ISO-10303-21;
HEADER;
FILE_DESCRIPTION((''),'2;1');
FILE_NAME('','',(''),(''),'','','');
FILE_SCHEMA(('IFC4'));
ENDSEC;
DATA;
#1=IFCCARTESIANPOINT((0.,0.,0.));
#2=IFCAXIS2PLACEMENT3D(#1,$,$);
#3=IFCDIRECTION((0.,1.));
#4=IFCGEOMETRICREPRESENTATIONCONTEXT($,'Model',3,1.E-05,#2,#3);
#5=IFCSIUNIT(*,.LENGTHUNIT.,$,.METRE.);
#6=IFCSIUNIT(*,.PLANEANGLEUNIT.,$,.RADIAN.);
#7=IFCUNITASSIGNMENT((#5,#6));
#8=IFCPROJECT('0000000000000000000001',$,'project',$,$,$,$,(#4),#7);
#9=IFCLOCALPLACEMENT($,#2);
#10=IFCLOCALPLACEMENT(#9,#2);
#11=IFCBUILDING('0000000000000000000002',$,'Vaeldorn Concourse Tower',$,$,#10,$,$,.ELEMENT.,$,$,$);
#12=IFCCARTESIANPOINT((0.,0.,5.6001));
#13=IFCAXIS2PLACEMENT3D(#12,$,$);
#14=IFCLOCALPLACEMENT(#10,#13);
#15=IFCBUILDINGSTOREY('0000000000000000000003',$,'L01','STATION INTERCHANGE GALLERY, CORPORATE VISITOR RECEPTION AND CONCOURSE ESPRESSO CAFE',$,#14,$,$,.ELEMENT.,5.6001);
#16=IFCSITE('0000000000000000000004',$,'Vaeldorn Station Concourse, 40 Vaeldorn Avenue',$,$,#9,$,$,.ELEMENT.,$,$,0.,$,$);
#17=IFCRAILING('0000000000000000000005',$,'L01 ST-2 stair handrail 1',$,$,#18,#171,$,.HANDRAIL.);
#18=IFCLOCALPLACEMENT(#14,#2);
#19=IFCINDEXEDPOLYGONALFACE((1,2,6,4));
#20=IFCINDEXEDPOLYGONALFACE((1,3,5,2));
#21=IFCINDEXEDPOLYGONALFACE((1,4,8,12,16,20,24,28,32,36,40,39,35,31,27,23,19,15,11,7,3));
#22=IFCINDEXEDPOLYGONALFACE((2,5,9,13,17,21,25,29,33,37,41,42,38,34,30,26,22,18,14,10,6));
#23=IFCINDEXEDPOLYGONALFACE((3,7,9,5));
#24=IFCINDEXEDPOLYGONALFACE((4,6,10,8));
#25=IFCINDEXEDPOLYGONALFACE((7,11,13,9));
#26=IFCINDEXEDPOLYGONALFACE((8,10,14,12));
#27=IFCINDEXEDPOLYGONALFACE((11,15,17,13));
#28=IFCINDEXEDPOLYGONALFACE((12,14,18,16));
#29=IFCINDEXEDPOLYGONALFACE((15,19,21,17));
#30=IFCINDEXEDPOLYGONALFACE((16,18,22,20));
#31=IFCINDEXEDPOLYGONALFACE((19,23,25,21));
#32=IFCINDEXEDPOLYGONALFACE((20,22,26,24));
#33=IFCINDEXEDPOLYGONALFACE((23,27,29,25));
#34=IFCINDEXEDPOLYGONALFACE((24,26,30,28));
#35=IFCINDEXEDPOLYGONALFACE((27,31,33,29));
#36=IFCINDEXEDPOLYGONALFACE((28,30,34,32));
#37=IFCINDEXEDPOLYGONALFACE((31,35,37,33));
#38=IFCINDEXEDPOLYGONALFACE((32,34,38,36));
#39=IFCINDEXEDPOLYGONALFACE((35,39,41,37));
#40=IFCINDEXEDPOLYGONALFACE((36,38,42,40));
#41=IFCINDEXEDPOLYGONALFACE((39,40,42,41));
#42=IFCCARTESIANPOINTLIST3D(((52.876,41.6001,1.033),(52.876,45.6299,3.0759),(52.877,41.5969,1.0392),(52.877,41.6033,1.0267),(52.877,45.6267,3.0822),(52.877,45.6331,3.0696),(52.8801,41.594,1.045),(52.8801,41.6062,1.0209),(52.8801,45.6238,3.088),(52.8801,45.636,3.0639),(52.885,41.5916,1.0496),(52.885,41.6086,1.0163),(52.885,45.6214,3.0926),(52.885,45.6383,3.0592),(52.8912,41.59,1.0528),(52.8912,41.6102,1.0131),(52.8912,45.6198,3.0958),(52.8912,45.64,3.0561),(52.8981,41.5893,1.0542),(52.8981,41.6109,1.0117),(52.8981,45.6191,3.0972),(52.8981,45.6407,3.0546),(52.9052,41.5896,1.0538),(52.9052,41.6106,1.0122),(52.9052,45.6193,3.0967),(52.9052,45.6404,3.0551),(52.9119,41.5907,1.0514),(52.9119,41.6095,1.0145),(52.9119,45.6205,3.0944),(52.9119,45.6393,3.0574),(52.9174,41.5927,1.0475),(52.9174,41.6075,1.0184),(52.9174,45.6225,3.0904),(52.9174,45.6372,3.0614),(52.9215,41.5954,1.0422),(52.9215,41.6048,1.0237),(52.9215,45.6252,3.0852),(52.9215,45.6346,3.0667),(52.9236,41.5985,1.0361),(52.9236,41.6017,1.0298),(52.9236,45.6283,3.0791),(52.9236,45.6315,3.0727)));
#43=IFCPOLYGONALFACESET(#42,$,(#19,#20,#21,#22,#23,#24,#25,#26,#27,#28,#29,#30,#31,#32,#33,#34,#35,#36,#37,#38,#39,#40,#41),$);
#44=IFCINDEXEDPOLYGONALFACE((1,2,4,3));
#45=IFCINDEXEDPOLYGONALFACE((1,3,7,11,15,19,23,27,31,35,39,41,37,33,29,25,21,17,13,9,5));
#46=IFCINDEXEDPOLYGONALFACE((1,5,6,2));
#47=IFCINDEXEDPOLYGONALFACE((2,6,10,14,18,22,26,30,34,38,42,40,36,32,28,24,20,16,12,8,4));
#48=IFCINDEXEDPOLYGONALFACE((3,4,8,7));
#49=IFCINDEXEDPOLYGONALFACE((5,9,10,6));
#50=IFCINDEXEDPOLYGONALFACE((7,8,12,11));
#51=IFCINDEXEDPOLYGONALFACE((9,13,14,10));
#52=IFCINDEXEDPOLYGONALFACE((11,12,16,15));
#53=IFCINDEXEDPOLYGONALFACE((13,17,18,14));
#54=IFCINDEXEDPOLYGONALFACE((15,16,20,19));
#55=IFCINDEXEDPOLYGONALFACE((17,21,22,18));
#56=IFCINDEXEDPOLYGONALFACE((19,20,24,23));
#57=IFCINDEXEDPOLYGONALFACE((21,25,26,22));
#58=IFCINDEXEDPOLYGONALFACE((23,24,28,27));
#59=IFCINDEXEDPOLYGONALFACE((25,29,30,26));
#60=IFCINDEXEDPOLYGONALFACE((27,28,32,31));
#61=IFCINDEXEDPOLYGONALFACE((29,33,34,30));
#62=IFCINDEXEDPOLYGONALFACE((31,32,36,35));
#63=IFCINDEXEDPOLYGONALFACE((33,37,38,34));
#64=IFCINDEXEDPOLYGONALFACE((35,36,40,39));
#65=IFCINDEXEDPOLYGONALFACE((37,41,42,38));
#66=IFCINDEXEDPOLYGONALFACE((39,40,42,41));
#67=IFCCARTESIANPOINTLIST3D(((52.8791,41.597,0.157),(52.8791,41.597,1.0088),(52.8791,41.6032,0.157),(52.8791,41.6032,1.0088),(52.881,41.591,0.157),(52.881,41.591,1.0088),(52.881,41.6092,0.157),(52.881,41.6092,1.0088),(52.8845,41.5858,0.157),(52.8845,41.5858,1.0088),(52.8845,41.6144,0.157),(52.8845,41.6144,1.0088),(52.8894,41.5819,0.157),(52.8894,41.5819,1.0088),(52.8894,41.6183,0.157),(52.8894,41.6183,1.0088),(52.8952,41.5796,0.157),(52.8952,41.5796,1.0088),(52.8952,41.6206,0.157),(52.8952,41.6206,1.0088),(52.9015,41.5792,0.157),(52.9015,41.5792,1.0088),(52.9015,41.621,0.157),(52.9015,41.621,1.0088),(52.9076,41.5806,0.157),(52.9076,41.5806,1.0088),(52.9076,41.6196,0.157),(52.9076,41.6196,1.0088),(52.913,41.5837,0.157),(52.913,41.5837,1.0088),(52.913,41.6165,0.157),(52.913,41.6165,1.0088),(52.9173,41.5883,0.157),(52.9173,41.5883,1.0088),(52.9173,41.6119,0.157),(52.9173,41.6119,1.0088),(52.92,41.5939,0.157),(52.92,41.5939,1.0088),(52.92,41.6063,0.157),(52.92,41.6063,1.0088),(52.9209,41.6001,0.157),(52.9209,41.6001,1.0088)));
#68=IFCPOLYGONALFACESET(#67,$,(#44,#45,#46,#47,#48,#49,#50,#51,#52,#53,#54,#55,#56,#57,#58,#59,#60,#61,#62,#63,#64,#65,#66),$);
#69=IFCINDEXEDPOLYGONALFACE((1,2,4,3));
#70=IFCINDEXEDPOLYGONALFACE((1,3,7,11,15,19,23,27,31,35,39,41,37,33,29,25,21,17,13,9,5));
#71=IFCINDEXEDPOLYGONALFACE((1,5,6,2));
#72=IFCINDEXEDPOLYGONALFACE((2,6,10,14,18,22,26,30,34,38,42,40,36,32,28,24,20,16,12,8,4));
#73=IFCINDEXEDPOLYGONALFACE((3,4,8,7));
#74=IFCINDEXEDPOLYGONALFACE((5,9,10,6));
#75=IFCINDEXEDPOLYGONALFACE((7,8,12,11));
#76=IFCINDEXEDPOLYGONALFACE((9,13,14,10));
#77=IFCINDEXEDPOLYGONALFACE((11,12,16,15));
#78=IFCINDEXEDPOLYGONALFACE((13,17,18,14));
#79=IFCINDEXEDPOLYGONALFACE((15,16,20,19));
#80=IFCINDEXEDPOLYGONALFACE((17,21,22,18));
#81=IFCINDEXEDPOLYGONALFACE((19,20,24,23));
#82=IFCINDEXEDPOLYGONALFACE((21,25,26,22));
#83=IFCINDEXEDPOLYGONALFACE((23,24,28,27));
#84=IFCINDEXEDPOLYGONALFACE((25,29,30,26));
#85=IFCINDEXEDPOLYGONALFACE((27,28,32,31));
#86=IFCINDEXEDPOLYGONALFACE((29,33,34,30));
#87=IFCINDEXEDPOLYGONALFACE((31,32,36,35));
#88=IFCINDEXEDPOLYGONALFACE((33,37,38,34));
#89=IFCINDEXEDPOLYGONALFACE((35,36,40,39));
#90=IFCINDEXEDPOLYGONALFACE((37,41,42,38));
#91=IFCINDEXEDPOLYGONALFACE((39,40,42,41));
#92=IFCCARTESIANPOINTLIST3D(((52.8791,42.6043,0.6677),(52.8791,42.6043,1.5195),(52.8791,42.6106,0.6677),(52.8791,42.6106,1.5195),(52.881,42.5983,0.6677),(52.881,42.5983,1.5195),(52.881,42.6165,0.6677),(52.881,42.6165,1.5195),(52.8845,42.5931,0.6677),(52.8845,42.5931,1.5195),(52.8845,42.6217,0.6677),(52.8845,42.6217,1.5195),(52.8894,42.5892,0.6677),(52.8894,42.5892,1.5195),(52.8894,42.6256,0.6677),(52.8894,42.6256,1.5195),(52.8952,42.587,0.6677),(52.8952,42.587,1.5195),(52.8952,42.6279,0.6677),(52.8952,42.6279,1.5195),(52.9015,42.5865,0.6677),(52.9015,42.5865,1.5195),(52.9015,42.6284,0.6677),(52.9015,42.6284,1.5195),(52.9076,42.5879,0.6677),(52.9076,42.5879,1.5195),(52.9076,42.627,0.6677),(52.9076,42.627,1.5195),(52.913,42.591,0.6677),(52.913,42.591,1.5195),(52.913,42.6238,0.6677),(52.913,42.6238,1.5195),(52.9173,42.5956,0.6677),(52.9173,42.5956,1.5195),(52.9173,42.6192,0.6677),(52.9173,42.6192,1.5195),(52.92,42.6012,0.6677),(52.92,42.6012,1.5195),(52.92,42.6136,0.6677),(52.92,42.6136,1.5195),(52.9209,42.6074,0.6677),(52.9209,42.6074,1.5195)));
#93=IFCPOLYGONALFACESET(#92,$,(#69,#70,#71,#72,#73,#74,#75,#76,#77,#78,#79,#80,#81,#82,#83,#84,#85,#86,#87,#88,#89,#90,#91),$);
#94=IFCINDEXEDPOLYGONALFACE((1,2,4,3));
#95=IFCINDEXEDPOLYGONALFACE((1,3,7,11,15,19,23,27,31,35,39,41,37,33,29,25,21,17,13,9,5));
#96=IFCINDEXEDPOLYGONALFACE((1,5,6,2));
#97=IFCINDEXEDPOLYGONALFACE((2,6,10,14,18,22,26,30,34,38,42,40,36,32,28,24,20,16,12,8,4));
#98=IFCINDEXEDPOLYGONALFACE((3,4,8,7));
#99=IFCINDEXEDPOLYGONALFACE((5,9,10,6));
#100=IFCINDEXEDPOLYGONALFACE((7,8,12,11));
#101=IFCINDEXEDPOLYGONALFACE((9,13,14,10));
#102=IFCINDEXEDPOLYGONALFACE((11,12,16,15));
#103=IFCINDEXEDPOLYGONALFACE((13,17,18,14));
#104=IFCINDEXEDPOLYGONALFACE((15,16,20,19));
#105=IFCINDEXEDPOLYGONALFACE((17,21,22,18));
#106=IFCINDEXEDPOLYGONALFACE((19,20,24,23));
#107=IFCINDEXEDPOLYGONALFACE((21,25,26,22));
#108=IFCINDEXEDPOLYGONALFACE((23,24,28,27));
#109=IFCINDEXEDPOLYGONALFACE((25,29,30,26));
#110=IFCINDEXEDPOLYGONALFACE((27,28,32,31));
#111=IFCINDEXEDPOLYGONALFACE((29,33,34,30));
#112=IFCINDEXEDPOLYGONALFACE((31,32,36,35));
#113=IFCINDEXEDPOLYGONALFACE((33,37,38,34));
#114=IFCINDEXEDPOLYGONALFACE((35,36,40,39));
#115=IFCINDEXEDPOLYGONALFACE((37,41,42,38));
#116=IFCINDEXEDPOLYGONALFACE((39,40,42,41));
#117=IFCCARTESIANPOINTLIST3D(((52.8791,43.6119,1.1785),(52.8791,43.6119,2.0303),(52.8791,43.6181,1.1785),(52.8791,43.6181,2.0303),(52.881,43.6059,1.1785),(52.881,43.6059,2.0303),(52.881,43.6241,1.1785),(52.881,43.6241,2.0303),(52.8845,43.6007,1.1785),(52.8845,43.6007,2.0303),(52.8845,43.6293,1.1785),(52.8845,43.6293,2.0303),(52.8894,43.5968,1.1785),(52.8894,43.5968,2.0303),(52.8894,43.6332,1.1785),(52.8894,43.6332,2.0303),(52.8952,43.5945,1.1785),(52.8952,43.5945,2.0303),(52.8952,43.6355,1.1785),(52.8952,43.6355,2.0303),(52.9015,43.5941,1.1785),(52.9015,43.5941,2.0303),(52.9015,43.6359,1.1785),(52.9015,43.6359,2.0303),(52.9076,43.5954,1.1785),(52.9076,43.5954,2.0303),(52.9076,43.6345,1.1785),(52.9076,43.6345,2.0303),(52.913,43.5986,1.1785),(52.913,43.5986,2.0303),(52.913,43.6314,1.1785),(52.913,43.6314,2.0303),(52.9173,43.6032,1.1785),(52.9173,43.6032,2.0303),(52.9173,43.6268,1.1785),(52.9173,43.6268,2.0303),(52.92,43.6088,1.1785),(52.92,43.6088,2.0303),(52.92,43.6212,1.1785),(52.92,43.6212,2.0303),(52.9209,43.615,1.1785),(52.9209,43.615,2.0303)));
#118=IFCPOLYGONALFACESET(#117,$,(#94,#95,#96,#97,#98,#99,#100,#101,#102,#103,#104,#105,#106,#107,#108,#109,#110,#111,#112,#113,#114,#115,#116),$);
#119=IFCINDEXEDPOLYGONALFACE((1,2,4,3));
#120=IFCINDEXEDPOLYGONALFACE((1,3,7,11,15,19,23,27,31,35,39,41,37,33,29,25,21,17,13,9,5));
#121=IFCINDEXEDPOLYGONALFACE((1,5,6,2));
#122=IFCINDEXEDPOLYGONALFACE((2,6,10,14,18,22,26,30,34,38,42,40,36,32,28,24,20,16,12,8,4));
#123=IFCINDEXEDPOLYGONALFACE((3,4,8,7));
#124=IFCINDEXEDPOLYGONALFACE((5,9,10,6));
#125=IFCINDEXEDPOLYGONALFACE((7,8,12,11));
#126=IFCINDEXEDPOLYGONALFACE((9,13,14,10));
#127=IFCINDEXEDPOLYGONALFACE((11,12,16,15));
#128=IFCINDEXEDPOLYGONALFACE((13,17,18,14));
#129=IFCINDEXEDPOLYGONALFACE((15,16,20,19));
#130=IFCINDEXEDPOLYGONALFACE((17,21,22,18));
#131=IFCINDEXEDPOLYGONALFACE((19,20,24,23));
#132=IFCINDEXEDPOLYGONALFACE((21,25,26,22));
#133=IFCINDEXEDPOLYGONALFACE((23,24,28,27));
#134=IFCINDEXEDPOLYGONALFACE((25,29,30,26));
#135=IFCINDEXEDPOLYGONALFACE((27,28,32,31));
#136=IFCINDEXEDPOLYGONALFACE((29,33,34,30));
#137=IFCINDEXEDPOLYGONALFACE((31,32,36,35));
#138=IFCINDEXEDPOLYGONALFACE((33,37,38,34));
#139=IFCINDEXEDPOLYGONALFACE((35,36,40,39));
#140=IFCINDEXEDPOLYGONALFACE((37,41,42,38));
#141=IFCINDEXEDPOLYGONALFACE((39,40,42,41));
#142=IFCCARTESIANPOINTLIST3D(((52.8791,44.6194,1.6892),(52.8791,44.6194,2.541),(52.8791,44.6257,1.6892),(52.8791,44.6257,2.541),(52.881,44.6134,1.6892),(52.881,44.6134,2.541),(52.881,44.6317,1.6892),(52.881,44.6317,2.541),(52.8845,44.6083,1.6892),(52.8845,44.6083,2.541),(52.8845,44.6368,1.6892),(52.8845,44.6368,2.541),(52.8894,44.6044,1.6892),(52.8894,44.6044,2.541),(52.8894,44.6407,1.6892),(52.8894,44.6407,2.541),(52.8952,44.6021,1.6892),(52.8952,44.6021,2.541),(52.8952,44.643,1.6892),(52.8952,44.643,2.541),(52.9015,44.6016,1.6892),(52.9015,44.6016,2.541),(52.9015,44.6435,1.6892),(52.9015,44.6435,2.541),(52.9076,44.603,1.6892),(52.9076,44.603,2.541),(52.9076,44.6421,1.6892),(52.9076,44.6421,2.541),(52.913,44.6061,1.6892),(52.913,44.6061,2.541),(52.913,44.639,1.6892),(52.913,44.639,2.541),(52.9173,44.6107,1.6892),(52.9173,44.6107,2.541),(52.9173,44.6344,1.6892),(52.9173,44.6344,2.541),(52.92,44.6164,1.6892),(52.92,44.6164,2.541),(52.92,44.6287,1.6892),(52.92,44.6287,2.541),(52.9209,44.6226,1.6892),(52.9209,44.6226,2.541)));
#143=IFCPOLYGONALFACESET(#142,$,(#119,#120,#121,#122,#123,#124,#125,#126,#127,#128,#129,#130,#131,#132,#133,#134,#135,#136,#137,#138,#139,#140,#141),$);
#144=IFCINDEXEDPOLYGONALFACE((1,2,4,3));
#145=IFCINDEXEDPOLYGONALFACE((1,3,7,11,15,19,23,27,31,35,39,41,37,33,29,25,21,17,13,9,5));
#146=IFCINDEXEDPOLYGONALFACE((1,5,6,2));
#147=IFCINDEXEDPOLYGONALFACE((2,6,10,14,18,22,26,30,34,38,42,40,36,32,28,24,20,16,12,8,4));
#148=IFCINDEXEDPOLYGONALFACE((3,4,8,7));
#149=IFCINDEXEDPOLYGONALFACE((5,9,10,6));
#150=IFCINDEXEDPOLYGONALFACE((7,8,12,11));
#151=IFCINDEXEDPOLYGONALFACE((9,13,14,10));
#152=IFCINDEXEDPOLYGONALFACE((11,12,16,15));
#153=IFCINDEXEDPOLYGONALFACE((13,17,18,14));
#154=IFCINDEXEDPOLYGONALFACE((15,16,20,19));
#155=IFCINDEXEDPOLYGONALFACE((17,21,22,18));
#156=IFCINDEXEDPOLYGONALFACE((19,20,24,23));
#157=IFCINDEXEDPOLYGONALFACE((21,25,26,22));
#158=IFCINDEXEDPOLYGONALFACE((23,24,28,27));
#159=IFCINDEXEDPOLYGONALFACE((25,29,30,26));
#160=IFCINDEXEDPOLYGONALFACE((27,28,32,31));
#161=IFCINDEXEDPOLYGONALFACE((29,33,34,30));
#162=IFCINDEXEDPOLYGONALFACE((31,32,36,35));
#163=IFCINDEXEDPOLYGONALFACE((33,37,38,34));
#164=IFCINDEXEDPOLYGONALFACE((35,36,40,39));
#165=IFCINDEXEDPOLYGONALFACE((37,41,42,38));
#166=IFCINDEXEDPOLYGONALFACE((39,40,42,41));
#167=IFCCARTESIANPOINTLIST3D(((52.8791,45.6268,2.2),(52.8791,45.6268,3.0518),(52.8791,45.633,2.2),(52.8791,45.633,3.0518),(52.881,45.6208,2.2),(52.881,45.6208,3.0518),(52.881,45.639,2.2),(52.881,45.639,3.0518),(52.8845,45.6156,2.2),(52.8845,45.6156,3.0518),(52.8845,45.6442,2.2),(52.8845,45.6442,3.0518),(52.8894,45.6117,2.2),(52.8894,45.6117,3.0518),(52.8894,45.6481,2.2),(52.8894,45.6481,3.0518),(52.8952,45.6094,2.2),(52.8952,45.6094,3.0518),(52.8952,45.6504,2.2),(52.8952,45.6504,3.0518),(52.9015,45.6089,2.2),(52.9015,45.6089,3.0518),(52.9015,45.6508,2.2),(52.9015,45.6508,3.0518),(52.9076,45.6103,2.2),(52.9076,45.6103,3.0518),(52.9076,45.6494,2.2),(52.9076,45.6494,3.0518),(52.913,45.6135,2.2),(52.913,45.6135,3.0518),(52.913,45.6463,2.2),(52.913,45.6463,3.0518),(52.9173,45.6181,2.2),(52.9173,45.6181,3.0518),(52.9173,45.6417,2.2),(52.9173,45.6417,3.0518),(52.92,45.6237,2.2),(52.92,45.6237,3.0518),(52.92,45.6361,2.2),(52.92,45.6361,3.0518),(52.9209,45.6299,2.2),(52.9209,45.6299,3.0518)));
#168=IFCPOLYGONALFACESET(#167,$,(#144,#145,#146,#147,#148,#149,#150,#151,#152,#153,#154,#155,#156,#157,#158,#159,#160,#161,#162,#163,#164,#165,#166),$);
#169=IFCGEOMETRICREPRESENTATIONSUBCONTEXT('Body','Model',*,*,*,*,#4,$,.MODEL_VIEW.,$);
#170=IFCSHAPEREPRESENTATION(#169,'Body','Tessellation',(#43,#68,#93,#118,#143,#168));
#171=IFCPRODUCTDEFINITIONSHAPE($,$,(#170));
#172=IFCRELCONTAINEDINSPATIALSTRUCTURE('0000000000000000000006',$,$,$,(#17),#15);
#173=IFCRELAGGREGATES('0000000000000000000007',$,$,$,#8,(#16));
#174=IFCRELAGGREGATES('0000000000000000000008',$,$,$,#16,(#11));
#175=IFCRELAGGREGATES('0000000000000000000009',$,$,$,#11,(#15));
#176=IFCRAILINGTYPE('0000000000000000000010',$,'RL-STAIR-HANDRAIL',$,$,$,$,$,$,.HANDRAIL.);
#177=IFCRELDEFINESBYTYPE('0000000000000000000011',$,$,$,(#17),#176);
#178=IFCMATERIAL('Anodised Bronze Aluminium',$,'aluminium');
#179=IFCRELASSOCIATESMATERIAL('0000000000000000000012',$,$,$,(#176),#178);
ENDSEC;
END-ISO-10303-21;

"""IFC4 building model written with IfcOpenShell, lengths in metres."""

from ifc_helpers import new_model, si_unit, direction, frame, origin, origin_2d, place, context, subcontext, project, spatial, circle, extrude, material, type_object, element, save


model = new_model("IFC4")

# Units and contexts
model_context = context("Model", 3, precision=1e-05, world=origin(), true_north=direction((0.0, 1.0)))
body_context = subcontext(model_context, "Body", "Model", "MODEL_VIEW")
ifc_project = project(units=[si_unit("LENGTHUNIT", "METRE"), si_unit("PLANEANGLEUNIT", "RADIAN")], contexts=[model_context])

# Site, building, storey
site_placement = place(None, origin())
site = spatial("IfcSite", under=ifc_project, at=site_placement, Name="Vaeldorn Station Concourse, 40 Vaeldorn Avenue", CompositionType="ELEMENT", RefElevation=0.0)
building_placement = place(site_placement, origin())
building = spatial("IfcBuilding", under=site, at=building_placement, Name="Vaeldorn Concourse Tower", CompositionType="ELEMENT")
storey_placement = place(building_placement, frame((0.0, 0.0, 5.6001)))
storey = spatial("IfcBuildingStorey", under=building, at=storey_placement, Name="L01", Description="STATION INTERCHANGE GALLERY, CORPORATE VISITOR RECEPTION AND CONCOURSE ESPRESSO CAFE", CompositionType="ELEMENT", Elevation=5.6001)

# Shared definitions
ifc_material_1 = material(Name="Anodised Bronze Aluminium", Category="aluminium")

# Railing
railing_type_1 = type_object("IfcRailingType", Name="RL-STAIR-HANDRAIL", PredefinedType="HANDRAIL", material=ifc_material_1)
railing_1_placement = place(storey_placement, frame((52.8999, 41.6001, 0.157)))
element("IfcRailing", 1, at=railing_1_placement, inside=storey, type_object=railing_type_1, Name="L01 ST-2 stair handrail 1", PredefinedType="HANDRAIL", context=body_context, shape_type="SweptSolid", body=[
    extrude(circle(Radius=0.0239, at=origin_2d()), frame((0.0, 0.0, 0.876), z_axis=(0.0, 0.891928, 0.452178), x_axis=(-1.0, 0.0, 0.0)), (0.0, 0.0, 1.0), 4.5181),
    extrude(circle(Radius=0.021, at=origin_2d()), origin(), (0.0, 0.0, 1.0), 0.8518),
    extrude(circle(Radius=0.021, at=origin_2d()), frame((0.0, 1.0073, 0.5107)), (0.0, 0.0, 1.0), 0.8518),
    extrude(circle(Radius=0.021, at=origin_2d()), frame((0.0, 2.0149, 1.0215)), (0.0, 0.0, 1.0), 0.8518),
    extrude(circle(Radius=0.021, at=origin_2d()), frame((0.0, 3.0225, 1.5322)), (0.0, 0.0, 1.0), 0.8518),
    extrude(circle(Radius=0.021, at=origin_2d()), frame((0.0, 4.0298, 2.043)), (0.0, 0.0, 1.0), 0.8518),
])

save(model, "model.ifc")
